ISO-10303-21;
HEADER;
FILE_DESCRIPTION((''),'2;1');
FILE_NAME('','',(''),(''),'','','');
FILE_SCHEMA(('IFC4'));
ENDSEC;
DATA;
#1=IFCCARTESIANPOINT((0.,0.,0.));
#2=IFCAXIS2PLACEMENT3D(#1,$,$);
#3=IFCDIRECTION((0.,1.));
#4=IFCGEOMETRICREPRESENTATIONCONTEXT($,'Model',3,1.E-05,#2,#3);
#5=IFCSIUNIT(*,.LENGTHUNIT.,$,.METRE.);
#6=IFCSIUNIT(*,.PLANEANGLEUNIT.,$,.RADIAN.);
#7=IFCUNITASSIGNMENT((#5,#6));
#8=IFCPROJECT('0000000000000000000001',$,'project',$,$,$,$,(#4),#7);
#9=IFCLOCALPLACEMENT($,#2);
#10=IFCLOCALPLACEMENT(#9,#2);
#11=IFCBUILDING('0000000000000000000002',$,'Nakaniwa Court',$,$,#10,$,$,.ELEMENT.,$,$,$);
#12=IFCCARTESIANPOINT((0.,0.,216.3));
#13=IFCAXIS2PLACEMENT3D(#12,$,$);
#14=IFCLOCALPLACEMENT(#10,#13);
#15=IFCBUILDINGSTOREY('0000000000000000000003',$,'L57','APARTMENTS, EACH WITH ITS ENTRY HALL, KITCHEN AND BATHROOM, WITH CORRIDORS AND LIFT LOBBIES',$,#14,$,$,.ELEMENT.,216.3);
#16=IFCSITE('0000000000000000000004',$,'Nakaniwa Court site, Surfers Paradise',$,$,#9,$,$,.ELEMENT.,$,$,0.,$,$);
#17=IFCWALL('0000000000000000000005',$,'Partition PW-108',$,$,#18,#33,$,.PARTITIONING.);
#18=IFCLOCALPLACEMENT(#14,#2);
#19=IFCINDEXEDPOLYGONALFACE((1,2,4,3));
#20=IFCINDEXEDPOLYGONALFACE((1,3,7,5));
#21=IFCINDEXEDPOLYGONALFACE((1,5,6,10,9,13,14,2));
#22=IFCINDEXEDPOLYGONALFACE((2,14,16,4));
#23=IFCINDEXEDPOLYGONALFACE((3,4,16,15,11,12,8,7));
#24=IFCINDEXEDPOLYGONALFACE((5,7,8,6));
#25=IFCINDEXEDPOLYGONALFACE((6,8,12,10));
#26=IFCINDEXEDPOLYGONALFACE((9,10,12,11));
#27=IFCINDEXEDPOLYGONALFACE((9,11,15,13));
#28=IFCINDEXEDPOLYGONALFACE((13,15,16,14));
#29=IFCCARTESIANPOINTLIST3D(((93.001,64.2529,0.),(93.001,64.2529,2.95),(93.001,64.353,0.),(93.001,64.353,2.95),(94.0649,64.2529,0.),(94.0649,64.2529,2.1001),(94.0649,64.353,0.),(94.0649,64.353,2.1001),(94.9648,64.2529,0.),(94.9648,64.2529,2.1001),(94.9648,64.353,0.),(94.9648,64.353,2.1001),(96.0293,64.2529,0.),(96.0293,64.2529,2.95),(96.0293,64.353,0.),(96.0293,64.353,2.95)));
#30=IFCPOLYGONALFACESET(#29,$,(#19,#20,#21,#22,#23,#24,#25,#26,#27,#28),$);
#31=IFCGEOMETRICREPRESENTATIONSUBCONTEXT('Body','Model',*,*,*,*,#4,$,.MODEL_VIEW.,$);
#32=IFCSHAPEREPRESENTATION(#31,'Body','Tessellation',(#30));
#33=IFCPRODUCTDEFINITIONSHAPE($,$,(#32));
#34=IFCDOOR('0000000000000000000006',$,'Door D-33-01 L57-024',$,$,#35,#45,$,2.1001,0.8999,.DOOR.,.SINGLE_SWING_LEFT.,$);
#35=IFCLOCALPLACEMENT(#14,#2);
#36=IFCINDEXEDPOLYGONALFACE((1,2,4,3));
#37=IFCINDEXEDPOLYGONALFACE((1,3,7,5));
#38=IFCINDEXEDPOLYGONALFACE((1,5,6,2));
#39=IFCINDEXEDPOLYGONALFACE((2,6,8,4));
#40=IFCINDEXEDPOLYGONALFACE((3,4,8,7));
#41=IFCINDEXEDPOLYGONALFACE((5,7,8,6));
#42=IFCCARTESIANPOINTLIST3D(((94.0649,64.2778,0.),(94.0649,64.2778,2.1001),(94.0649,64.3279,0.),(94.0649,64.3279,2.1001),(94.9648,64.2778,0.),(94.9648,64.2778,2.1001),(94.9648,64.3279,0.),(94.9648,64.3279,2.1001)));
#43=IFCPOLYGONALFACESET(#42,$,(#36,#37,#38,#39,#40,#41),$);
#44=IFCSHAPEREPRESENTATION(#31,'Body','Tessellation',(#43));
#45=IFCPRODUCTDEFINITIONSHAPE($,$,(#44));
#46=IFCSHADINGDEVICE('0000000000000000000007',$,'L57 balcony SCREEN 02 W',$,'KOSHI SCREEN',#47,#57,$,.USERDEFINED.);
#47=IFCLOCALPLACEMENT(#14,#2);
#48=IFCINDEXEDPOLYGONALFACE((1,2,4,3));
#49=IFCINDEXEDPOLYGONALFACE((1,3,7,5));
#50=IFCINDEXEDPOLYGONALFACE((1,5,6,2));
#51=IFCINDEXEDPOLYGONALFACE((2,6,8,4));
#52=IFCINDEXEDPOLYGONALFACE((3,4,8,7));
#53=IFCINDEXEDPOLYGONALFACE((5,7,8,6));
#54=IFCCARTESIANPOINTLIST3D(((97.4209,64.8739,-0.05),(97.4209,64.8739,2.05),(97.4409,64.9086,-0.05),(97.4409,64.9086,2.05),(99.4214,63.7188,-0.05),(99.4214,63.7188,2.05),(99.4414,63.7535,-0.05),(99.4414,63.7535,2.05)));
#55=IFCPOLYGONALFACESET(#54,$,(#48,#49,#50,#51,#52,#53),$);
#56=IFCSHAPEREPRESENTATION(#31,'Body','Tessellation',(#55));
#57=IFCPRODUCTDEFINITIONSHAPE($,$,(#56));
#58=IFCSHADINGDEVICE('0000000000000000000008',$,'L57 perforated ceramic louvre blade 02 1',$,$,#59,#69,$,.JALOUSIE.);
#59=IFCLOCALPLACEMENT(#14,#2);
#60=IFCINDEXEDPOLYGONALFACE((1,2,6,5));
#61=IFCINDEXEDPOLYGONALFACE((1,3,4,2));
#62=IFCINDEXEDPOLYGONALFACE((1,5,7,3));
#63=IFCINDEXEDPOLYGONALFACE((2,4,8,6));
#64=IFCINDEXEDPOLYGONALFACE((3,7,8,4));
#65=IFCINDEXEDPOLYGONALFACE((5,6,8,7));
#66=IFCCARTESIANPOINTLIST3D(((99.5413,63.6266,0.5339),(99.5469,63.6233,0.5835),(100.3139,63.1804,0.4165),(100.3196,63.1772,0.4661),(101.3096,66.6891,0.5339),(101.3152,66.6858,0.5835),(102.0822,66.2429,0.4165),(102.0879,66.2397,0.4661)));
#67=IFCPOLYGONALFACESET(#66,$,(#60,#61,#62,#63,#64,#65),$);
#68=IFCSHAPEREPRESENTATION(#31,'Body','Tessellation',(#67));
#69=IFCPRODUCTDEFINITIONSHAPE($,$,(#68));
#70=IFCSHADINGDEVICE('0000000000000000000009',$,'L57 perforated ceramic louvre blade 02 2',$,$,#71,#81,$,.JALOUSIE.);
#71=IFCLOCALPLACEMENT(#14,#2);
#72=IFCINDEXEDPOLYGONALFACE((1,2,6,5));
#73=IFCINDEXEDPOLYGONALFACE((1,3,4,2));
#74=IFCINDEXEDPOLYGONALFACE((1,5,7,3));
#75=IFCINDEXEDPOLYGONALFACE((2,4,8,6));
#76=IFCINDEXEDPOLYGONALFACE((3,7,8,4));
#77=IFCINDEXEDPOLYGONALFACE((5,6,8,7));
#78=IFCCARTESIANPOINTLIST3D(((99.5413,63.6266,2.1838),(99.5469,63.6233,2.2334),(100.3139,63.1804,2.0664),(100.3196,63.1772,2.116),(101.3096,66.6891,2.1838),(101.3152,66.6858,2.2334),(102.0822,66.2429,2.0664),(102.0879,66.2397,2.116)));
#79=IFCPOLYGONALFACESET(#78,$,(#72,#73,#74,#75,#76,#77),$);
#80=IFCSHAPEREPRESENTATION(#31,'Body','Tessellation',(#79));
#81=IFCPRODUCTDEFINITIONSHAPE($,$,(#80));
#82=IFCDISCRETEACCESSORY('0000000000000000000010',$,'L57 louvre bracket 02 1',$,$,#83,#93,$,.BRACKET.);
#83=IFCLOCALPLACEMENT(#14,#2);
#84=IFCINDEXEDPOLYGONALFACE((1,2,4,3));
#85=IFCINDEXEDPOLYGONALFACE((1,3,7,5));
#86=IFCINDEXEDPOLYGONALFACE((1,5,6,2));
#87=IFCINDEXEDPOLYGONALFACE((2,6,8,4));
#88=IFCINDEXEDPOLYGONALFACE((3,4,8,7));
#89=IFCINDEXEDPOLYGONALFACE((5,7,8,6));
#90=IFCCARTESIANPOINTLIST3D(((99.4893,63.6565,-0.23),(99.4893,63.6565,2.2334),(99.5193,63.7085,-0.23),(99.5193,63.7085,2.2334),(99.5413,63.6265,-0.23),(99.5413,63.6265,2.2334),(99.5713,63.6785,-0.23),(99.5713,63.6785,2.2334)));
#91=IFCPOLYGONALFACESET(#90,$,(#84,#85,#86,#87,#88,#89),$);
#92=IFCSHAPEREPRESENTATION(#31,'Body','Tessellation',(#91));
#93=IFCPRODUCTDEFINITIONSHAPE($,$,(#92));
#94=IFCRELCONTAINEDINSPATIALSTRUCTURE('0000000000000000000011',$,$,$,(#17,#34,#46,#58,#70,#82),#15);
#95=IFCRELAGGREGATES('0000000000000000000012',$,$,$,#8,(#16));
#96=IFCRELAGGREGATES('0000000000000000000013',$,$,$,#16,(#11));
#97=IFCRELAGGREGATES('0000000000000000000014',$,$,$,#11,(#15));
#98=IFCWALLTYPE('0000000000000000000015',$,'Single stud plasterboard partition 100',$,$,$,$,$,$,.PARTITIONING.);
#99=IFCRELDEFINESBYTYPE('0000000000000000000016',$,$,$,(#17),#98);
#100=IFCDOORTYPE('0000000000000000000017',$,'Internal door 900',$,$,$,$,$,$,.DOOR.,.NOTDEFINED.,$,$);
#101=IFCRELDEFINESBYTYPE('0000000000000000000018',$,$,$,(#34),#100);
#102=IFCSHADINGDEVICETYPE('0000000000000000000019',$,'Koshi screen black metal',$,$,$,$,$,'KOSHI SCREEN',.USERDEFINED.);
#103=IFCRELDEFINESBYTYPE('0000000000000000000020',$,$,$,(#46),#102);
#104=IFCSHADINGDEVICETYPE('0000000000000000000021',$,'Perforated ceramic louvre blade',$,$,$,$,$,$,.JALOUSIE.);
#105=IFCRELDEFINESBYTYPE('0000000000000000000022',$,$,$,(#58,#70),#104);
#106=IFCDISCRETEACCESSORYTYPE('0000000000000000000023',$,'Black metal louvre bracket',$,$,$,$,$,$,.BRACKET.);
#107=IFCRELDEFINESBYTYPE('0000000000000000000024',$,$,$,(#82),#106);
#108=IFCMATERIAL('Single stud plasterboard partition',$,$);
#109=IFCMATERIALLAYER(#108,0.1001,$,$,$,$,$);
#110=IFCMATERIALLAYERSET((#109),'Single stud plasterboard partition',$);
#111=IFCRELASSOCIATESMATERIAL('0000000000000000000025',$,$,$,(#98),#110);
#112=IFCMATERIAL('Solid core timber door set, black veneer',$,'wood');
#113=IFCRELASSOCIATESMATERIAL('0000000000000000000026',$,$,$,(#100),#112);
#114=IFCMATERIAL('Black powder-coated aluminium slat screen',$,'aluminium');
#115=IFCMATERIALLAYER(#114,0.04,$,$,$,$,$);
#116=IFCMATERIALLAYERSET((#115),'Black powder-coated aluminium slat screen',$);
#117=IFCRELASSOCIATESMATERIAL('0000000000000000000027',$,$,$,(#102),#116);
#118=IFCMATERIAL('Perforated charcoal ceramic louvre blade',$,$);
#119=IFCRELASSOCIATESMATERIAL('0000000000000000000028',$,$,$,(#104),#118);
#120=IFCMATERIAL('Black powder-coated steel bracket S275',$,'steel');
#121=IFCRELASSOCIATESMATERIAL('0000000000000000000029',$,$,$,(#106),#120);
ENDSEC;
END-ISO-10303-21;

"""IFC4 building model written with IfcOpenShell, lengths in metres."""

from ifc_helpers import new_model, si_unit, direction, frame, frame_2d, origin, origin_2d, place, context, subcontext, project, spatial, rectangle, extrude, material, layer, layer_set, material_profile, profile_set, type_object, element, fill, save


model = new_model("IFC4")

# Units and contexts
model_context = context("Model", 3, precision=1e-05, world=origin(), true_north=direction((0.0, 1.0)))
body_context = subcontext(model_context, "Body", "Model", "MODEL_VIEW")
ifc_project = project(units=[si_unit("LENGTHUNIT", "METRE"), si_unit("PLANEANGLEUNIT", "RADIAN")], contexts=[model_context])

# Site, building, storey
site_placement = place(None, origin())
site = spatial("IfcSite", under=ifc_project, at=site_placement, Name="Nakaniwa Court site, Surfers Paradise", CompositionType="ELEMENT", RefElevation=0.0)
building_placement = place(site_placement, origin())
building = spatial("IfcBuilding", under=site, at=building_placement, Name="Nakaniwa Court", CompositionType="ELEMENT")
storey_placement = place(building_placement, frame((0.0, 0.0, 216.3)))
storey = spatial("IfcBuildingStorey", under=building, at=storey_placement, Name="L57", Description="APARTMENTS, EACH WITH ITS ENTRY HALL, KITCHEN AND BATHROOM, WITH CORRIDORS AND LIFT LOBBIES", CompositionType="ELEMENT", Elevation=216.3)

# Shared definitions
ifc_material_1 = material(Name="Solid core timber door set, black veneer", Category="wood")

# Wall, opening, door
ifc_material_2 = material(Name="Single stud plasterboard partition")
ifc_layer_1 = layer(ifc_material_2, 0.1001)
ifc_layer_set_1 = layer_set([ifc_layer_1], Name="Single stud plasterboard partition")
wall_type_1 = type_object("IfcWallType", Name="Single stud plasterboard partition 100", PredefinedType="PARTITIONING", material=ifc_layer_set_1)
wall_1_placement = place(storey_placement, frame((93.001, 64.303, 0.0), z_axis=(0.0, 0.0, 1.0), x_axis=(1.0, 0.0, 0.0)))
wall_1 = element("IfcWall", 1, at=wall_1_placement, inside=storey, type_object=wall_type_1, Name="Partition PW-108", PredefinedType="PARTITIONING", context=body_context, shape_type="SweptSolid", body=[
    extrude(rectangle(XDim=3.0283, YDim=0.1001, at=frame_2d((1.5142, 0.0))), origin(), (0.0, 0.0, 1.0), 2.95),
])
opening_1_placement = place(wall_1_placement, frame((1.064, 0.0, 0.0)))
opening_1 = element("IfcOpeningElement", 2, at=opening_1_placement, cuts=wall_1, PredefinedType="OPENING", context=body_context, shape_type="SweptSolid", body=[
    extrude(rectangle(XDim=0.8999, YDim=2.1001, at=frame_2d((0.45, 1.05))), frame((0.0, 0.0601, 0.0), z_axis=(0.0, -1.0, 0.0), x_axis=(1.0, 0.0, 0.0)), (0.0, 0.0, 1.0), 0.1201),
])
door_type_1 = type_object("IfcDoorType", Name="Internal door 900", OperationType="NOTDEFINED", PredefinedType="DOOR", material=ifc_material_1)
door_1_placement = place(opening_1_placement, origin())
door_1 = element("IfcDoor", 3, at=door_1_placement, inside=storey, type_object=door_type_1, Name="Door D-33-01 L57-024", OperationType="SINGLE_SWING_LEFT", OverallHeight=2.1001, OverallWidth=0.8999, PredefinedType="DOOR", context=body_context, shape_type="SweptSolid", body=[
    extrude(rectangle(XDim=0.8999, YDim=2.1001, at=frame_2d((0.45, 1.05))), frame((0.0, 0.0249, 0.0), z_axis=(0.0, -1.0, 0.0), x_axis=(1.0, 0.0, 0.0)), (0.0, 0.0, 1.0), 0.05),
])
fill(opening_1, door_1)

# Shading devices
ifc_material_3 = material(Name="Black powder-coated aluminium slat screen", Category="aluminium")
ifc_layer_2 = layer(ifc_material_3, 0.04)
ifc_layer_set_2 = layer_set([ifc_layer_2], Name="Black powder-coated aluminium slat screen")
shading_device_type_1 = type_object("IfcShadingDeviceType", Name="Koshi screen black metal", ElementType="KOSHI SCREEN", PredefinedType="USERDEFINED", material=ifc_layer_set_2)
shading_device_placement = place(storey_placement, frame((98.4312, 64.3137, -0.05), z_axis=(0.0, 0.0, 1.0), x_axis=(0.500017, 0.866016, 0.0)))
element("IfcShadingDevice", 4, at=shading_device_placement, inside=storey, type_object=shading_device_type_1, Name="L57 balcony SCREEN 02 W", ObjectType="KOSHI SCREEN", PredefinedType="USERDEFINED", context=body_context, shape_type="SweptSolid", body=[
    extrude(rectangle(XDim=0.04, YDim=2.3101, at=origin_2d()), origin(), (0.0, 0.0, 1.0), 2.1001),
])
ifc_material_4 = material(Name="Perforated charcoal ceramic louvre blade")
ifc_material_profile_1 = material_profile(ifc_material_4, rectangle(XDim=0.8999, YDim=0.05, at=origin_2d()), Name="Perforated ceramic louvre blade")
ifc_profile_set_1 = profile_set([ifc_material_profile_1], Name="Perforated charcoal ceramic louvre blade")
shading_device_type_2 = type_object("IfcShadingDeviceType", Name="Perforated ceramic louvre blade", PredefinedType="JALOUSIE", material=ifc_profile_set_1)
for number, where, z_axis, x_axis, name in (
    (5, (99.9304, 63.4019, 0.5), (0.500037, 0.866004, 0.0), (-0.858595, 0.495759, 0.130526), "L57 perforated ceramic louvre blade 02 1"),
    (6, (99.9304, 63.4019, 2.1499), (0.500037, 0.866004, 0.0), (-0.858595, 0.495759, 0.130526), "L57 perforated ceramic louvre blade 02 2"),
):
    element("IfcShadingDevice", number, at=place(storey_placement, frame(where, z_axis=z_axis, x_axis=x_axis)), inside=storey, type_object=shading_device_type_2, Name=name, PredefinedType="JALOUSIE", context=body_context, shape_type="SweptSolid", body=[
        extrude(rectangle(XDim=0.8999, YDim=0.05, at=origin_2d()), origin(), (0.0, 0.0, 1.0), 3.5364),
    ])

# Discrete accessory
ifc_material_5 = material(Name="Black powder-coated steel bracket S275", Category="steel")
discrete_accessory_type = type_object("IfcDiscreteAccessoryType", Name="Black metal louvre bracket", PredefinedType="BRACKET", material=ifc_material_5)
discrete_accessory_placement = place(storey_placement, frame((99.5303, 63.6675, -0.23), z_axis=(0.0, 0.0, 1.0), x_axis=(0.500017, 0.866016, 0.0)))
element("IfcDiscreteAccessory", 7, at=discrete_accessory_placement, inside=storey, type_object=discrete_accessory_type, Name="L57 louvre bracket 02 1", PredefinedType="BRACKET", context=body_context, shape_type="SweptSolid", body=[
    extrude(rectangle(XDim=0.0601, YDim=0.0601, at=origin_2d()), origin(), (0.0, 0.0, 1.0), 2.4634),
])

save(model, "model.ifc")
